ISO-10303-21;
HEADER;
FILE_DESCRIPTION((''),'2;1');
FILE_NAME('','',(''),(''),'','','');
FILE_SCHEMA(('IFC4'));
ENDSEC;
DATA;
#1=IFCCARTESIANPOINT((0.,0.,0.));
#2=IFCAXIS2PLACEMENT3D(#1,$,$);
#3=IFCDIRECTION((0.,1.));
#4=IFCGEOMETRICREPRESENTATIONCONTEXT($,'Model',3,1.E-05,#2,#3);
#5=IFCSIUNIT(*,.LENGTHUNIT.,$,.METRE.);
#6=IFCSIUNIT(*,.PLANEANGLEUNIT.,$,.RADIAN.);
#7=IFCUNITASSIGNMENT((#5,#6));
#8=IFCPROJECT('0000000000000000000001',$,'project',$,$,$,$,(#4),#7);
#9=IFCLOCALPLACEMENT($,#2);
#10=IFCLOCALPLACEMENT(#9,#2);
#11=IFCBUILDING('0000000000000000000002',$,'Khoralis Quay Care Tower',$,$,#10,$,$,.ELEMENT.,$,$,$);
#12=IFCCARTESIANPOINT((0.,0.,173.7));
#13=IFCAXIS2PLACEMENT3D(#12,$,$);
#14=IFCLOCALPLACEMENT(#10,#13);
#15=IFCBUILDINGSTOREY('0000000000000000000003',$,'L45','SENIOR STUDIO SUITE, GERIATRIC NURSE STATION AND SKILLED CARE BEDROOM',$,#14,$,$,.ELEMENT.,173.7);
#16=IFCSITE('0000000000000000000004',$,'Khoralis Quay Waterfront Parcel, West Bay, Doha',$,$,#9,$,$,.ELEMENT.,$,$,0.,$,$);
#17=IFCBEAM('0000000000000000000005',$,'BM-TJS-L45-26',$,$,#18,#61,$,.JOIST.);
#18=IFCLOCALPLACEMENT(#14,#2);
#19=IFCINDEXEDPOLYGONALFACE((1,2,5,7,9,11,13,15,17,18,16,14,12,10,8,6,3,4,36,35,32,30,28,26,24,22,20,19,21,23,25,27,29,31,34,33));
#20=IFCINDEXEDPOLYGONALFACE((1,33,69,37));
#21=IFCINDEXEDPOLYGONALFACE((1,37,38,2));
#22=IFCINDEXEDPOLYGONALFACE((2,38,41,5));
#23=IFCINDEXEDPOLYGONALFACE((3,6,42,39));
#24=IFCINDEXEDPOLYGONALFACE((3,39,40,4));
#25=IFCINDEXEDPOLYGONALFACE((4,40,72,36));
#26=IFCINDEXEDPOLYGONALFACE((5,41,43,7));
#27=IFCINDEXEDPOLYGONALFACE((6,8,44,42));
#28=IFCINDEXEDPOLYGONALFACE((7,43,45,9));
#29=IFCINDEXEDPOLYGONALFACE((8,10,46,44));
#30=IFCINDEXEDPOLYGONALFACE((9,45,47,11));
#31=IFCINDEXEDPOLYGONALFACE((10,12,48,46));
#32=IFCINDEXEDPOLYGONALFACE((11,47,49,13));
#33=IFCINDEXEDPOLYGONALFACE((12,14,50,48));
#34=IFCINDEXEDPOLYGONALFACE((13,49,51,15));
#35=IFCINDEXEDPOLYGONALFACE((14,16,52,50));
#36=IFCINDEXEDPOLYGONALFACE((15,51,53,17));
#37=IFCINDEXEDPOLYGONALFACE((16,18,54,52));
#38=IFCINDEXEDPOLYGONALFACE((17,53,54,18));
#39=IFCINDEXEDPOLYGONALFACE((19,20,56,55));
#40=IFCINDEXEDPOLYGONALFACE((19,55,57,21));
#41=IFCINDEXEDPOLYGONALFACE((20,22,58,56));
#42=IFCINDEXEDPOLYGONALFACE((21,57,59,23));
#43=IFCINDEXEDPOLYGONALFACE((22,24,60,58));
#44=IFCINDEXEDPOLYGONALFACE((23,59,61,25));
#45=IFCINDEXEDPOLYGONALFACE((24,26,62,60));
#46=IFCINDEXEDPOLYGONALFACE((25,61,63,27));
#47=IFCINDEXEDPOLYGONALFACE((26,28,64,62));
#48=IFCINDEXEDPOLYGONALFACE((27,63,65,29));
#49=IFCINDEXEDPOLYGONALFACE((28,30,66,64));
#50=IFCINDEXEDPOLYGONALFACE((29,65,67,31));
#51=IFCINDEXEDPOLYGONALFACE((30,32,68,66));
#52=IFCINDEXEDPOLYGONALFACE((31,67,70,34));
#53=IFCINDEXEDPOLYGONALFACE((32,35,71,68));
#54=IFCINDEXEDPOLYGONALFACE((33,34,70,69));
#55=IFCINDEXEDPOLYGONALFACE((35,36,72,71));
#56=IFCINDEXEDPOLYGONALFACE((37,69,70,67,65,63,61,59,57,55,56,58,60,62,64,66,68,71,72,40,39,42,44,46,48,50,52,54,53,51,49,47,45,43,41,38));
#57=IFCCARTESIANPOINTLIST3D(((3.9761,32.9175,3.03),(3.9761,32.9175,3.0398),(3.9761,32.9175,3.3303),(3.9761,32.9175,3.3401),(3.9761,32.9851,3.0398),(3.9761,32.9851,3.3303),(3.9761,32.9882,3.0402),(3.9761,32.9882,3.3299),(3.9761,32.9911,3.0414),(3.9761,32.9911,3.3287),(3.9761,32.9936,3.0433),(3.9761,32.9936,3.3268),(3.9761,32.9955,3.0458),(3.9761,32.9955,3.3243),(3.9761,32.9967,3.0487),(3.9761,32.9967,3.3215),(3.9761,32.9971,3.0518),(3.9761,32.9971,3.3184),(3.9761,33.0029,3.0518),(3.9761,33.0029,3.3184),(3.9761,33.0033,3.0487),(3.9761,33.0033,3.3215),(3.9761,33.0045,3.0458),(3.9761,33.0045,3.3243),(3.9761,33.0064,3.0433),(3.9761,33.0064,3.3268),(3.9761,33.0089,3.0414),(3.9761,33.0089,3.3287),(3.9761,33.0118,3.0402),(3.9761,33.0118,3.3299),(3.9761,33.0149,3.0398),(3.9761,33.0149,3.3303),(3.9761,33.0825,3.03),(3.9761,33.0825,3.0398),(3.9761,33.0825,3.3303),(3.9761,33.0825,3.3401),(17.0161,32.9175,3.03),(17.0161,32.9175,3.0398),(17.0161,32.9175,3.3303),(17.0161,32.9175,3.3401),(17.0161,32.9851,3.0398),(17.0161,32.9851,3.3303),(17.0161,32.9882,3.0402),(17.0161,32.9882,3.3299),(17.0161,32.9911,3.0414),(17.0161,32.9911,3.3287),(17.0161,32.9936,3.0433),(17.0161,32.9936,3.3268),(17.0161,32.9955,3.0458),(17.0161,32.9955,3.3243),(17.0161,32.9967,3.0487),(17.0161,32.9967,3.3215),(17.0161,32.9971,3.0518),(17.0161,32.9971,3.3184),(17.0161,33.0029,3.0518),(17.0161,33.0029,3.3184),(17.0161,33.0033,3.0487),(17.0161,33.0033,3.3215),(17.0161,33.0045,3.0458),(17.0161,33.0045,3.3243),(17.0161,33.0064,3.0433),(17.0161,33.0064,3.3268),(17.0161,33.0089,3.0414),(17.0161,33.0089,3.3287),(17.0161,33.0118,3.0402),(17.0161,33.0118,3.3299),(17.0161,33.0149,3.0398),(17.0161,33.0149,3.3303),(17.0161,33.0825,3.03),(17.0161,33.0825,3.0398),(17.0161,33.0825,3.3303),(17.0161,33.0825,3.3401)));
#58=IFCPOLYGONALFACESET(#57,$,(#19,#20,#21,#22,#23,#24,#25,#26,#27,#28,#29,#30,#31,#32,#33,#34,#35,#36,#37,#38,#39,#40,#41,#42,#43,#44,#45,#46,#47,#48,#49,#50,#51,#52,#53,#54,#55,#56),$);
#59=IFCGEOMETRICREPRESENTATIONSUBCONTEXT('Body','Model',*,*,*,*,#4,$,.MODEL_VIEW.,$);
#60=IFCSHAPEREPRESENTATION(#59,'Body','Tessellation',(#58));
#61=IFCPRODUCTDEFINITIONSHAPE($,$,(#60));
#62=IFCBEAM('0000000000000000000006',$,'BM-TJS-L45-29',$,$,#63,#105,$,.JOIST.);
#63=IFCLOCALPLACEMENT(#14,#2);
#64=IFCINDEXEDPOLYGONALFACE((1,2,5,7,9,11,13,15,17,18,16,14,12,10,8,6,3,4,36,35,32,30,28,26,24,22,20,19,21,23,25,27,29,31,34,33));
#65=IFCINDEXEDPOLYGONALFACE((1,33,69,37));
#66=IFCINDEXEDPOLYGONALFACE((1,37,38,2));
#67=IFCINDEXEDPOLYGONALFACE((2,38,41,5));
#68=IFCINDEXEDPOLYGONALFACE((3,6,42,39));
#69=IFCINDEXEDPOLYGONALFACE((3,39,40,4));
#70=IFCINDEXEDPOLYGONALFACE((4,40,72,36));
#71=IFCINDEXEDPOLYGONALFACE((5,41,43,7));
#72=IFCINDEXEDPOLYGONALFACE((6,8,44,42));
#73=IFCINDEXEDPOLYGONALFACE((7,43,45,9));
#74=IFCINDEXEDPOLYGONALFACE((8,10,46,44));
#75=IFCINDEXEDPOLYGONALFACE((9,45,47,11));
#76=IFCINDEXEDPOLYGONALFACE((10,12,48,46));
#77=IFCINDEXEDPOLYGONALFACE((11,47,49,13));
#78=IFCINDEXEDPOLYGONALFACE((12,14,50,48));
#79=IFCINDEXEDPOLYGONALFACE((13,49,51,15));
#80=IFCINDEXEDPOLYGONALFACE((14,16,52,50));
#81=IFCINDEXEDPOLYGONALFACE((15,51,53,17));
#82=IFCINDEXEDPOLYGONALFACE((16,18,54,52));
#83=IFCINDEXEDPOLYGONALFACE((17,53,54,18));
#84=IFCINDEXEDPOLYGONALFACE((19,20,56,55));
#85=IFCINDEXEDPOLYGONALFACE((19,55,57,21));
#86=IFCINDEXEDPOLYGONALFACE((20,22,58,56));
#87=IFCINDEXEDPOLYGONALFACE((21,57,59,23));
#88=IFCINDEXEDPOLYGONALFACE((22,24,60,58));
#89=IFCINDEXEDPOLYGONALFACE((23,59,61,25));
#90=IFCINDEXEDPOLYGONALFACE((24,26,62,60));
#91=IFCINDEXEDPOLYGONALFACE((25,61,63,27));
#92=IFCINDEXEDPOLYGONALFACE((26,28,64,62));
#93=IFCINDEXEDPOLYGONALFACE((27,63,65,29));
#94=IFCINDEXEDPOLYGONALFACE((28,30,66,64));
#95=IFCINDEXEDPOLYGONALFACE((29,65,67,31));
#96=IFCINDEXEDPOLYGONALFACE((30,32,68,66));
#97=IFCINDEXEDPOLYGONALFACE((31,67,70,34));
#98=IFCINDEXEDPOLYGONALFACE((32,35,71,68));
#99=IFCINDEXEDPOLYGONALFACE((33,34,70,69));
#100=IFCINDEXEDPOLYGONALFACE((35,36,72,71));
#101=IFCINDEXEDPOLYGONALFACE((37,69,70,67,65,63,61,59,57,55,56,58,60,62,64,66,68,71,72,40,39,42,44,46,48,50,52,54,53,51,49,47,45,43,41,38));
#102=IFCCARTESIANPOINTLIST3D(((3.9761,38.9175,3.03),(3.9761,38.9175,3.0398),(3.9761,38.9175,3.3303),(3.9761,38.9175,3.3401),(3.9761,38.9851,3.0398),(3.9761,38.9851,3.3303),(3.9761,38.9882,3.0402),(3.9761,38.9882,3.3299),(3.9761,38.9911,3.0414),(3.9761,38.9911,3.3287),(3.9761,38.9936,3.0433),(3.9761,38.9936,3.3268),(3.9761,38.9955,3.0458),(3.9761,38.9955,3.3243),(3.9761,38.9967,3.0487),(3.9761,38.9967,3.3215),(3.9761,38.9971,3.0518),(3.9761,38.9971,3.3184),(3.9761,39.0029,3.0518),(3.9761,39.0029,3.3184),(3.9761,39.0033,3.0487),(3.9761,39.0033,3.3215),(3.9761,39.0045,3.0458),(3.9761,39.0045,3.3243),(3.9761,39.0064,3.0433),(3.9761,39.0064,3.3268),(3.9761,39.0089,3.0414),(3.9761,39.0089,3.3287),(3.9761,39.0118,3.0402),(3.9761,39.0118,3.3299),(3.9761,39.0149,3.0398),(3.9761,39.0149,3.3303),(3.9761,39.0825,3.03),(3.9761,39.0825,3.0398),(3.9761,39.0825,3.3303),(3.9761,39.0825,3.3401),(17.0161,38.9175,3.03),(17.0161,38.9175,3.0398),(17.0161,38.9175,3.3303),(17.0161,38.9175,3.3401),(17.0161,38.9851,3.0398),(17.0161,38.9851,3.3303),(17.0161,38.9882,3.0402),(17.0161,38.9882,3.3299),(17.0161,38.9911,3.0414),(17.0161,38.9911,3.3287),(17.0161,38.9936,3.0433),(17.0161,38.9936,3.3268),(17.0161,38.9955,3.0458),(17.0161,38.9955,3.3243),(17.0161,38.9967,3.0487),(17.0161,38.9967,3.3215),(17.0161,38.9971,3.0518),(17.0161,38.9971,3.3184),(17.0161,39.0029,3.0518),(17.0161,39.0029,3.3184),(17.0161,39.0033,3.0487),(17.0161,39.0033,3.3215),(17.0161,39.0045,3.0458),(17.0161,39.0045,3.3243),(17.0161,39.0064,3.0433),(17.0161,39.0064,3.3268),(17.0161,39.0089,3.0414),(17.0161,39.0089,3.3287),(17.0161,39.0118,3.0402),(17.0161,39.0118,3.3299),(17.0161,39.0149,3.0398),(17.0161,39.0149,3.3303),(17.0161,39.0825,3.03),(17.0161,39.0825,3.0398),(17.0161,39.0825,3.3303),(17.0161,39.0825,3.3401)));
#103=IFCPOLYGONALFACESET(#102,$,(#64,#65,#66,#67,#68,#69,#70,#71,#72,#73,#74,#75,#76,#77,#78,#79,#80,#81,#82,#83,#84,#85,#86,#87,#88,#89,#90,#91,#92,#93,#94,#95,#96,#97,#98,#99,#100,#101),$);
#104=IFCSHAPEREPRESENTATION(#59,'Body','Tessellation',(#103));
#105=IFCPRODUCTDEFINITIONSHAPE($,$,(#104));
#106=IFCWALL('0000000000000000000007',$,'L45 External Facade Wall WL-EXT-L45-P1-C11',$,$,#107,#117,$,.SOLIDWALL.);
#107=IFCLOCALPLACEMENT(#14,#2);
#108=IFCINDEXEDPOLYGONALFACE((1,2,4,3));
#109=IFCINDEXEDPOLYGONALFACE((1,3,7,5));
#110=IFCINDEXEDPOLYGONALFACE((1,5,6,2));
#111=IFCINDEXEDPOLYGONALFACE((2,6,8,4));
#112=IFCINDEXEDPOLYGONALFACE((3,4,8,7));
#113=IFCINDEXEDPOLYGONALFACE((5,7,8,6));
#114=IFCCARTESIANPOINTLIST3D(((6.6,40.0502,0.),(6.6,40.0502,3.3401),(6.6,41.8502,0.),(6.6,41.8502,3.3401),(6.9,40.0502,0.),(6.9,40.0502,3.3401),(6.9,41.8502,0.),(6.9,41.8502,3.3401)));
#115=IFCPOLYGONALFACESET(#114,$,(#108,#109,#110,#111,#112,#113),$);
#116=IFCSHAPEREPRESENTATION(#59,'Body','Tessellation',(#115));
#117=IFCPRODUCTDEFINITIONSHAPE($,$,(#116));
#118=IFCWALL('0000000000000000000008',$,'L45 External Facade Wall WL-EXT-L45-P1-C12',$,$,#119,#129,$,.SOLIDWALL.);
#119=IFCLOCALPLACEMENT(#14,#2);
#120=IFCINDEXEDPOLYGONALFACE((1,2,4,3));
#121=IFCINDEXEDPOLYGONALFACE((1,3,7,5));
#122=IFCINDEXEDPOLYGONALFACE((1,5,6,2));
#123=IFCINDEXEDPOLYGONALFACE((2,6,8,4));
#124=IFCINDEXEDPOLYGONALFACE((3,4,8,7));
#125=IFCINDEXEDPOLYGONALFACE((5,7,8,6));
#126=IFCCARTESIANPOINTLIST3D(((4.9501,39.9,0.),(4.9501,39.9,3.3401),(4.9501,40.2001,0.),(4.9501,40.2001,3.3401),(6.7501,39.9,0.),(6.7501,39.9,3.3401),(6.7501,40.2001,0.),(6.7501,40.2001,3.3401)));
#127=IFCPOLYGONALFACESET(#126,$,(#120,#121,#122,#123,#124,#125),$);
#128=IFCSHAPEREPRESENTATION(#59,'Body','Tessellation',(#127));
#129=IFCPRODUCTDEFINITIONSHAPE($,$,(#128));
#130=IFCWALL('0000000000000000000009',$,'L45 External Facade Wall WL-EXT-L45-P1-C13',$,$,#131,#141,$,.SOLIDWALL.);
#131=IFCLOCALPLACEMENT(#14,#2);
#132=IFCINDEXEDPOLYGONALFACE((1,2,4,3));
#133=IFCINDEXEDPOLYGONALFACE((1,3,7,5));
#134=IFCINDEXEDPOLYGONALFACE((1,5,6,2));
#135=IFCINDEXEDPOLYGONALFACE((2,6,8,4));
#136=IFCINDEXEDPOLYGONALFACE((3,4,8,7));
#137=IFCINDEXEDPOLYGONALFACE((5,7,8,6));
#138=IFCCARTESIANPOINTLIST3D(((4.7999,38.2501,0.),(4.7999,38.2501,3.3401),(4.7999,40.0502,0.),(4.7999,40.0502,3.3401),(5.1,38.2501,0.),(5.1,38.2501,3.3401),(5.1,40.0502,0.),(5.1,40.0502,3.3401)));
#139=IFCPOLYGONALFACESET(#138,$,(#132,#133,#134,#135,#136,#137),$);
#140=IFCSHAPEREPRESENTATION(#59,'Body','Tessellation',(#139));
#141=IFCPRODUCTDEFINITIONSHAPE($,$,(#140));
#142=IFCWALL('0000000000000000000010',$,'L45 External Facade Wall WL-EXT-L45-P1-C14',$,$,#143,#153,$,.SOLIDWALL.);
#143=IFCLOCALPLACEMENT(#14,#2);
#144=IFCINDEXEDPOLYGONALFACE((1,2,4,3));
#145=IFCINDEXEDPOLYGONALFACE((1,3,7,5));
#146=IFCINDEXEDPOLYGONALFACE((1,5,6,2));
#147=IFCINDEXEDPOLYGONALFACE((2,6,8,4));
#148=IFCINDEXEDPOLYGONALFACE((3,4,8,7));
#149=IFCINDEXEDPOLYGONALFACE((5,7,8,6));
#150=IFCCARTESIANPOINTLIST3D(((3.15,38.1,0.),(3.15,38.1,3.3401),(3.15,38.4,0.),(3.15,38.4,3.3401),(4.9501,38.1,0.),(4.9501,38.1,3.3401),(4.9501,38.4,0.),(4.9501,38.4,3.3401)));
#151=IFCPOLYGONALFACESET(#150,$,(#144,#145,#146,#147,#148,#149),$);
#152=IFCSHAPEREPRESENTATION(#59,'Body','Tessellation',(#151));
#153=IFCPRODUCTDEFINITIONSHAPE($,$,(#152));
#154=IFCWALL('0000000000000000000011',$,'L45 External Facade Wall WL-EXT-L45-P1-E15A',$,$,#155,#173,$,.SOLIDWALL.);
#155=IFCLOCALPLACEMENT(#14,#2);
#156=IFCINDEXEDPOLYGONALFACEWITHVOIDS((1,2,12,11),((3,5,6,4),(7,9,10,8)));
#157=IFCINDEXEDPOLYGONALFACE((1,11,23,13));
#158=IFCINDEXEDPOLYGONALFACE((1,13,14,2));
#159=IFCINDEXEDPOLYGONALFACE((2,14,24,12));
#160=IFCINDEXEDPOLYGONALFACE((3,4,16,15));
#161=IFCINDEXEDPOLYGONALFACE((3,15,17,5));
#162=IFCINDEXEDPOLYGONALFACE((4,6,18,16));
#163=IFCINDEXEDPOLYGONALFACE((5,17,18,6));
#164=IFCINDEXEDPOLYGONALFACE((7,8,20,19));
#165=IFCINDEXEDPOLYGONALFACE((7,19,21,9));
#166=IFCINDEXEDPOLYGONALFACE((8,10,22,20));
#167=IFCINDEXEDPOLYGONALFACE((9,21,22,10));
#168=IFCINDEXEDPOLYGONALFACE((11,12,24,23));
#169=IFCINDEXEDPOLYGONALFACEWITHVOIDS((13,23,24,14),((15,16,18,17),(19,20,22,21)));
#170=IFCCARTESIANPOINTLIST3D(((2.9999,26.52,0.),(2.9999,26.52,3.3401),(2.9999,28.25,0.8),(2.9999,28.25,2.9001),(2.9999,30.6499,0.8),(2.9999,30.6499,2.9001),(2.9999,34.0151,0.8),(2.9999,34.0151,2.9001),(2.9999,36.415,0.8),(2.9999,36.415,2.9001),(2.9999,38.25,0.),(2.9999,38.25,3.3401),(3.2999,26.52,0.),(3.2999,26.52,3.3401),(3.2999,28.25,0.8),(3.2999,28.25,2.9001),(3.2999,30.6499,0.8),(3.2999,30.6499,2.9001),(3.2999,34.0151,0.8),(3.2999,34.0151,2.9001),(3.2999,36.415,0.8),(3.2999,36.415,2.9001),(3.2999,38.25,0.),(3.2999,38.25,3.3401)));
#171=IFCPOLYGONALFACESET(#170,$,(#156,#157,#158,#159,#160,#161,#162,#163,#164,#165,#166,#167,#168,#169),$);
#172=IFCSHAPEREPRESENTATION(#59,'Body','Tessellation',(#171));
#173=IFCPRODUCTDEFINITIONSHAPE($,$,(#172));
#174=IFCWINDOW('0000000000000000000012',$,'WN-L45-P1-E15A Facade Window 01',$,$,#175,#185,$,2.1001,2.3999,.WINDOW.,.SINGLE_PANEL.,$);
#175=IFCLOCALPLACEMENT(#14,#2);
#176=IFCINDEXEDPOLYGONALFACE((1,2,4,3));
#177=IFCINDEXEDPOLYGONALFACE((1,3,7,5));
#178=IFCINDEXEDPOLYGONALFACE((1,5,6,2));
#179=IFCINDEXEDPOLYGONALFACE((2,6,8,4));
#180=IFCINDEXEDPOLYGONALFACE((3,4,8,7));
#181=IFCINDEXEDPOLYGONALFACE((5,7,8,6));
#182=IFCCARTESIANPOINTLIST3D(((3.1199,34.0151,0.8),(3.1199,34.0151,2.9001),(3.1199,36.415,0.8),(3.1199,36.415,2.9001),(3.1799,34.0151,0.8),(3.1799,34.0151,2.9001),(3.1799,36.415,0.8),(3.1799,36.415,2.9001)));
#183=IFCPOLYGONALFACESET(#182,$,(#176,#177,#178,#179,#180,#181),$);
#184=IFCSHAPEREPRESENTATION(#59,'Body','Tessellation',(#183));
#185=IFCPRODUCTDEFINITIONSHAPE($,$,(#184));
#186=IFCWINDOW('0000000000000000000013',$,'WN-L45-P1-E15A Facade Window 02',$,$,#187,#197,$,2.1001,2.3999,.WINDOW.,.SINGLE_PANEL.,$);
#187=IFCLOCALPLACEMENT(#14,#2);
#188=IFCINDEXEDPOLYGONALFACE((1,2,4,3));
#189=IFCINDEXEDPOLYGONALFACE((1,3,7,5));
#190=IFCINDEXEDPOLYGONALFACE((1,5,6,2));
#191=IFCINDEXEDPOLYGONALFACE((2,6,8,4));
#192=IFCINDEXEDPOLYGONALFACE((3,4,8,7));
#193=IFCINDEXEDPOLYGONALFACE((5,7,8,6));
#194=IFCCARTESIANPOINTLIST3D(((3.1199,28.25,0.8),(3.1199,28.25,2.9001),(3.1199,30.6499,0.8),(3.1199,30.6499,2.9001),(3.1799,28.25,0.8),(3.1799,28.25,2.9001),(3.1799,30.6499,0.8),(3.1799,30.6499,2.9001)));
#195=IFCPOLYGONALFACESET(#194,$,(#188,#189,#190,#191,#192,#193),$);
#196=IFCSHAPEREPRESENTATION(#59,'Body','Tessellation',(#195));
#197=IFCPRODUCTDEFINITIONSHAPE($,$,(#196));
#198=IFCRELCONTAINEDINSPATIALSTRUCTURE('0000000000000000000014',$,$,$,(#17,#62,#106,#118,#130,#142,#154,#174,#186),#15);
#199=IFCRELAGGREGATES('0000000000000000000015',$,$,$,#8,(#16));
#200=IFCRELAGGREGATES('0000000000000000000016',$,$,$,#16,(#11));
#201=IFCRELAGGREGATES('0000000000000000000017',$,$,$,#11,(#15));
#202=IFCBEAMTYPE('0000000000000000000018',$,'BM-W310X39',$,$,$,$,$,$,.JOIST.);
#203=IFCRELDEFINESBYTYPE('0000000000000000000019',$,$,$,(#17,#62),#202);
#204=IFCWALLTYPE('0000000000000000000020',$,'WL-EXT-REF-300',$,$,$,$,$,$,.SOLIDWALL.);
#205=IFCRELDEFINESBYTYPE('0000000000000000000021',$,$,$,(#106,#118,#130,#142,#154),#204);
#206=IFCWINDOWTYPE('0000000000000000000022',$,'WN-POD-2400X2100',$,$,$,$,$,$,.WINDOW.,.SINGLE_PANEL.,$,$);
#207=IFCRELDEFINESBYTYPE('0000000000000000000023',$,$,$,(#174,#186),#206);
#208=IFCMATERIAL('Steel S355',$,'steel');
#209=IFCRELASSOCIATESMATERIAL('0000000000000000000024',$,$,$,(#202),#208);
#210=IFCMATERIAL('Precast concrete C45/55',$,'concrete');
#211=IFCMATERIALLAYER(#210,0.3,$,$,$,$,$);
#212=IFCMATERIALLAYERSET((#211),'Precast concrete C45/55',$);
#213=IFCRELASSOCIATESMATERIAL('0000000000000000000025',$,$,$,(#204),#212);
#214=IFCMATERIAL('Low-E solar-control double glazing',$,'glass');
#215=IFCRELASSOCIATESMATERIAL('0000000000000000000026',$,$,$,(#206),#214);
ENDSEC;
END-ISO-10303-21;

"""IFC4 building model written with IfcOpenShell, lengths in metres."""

from ifc_helpers import new_model, si_unit, direction, frame, frame_2d, origin, origin_2d, place, context, subcontext, project, spatial, rectangle, i_section, extrude, source, transform, mapped, material, layer, layer_set, material_profile, profile_set, type_object, element, fill, save


model = new_model("IFC4")

# Units and contexts
model_context = context("Model", 3, precision=1e-05, world=origin(), true_north=direction((0.0, 1.0)))
body_context = subcontext(model_context, "Body", "Model", "MODEL_VIEW")
ifc_project = project(units=[si_unit("LENGTHUNIT", "METRE"), si_unit("PLANEANGLEUNIT", "RADIAN")], contexts=[model_context])

# Site, building, storey
site_placement = place(None, origin())
site = spatial("IfcSite", under=ifc_project, at=site_placement, Name="Khoralis Quay Waterfront Parcel, West Bay, Doha", CompositionType="ELEMENT", RefElevation=0.0)
building_placement = place(site_placement, origin())
building = spatial("IfcBuilding", under=site, at=building_placement, Name="Khoralis Quay Care Tower", CompositionType="ELEMENT")
storey_placement = place(building_placement, frame((0.0, 0.0, 173.7)))
storey = spatial("IfcBuildingStorey", under=building, at=storey_placement, Name="L45", Description="SENIOR STUDIO SUITE, GERIATRIC NURSE STATION AND SKILLED CARE BEDROOM", CompositionType="ELEMENT", Elevation=173.7)

# Beams
ifc_material_1 = material(Name="Steel S355", Category="steel")
ifc_material_profile_1 = material_profile(ifc_material_1, i_section(OverallWidth=0.165, OverallDepth=0.3101, WebThickness=0.0059, FlangeThickness=0.0098, FilletRadius=0.012, at=origin_2d()), Name="Steel S355")
ifc_profile_set_1 = profile_set([ifc_material_profile_1], Name="Steel S355")
beam_type_1 = type_object("IfcBeamType", Name="BM-W310X39", PredefinedType="JOIST", material=ifc_profile_set_1)
shared_shape_1 = source(origin(), body_context, "Body", "SweptSolid", [
    extrude(i_section(OverallWidth=0.165, OverallDepth=0.3101, WebThickness=0.0059, FlangeThickness=0.0098, FilletRadius=0.012, at=origin_2d()), origin(), (0.0, 0.0, 1.0), 13.04),
])
for number, where, z_axis, x_axis, name in (
    (1, (3.9761, 33.0, 3.1851), (1.0, 0.0, 0.0), (0.0, 1.0, 0.0), "BM-TJS-L45-26"),
    (2, (3.9761, 39.0, 3.1851), (1.0, 0.0, 0.0), (0.0, 1.0, 0.0), "BM-TJS-L45-29"),
):
    element("IfcBeam", number, at=place(storey_placement, frame(where, z_axis=z_axis, x_axis=x_axis)), inside=storey, type_object=beam_type_1, Name=name, PredefinedType="JOIST", context=body_context, shape_type="MappedRepresentation", body=[
        mapped(shared_shape_1, transform((0.0, 0.0, 0.0), scale=1.0)),
    ])

# Walls
ifc_material_2 = material(Name="Precast concrete C45/55", Category="concrete")
ifc_layer_1 = layer(ifc_material_2, 0.3)
ifc_layer_set_1 = layer_set([ifc_layer_1], Name="Precast concrete C45/55")
wall_type_1 = type_object("IfcWallType", Name="WL-EXT-REF-300", PredefinedType="SOLIDWALL", material=ifc_layer_set_1)
for number, where, z_axis, x_axis, name in (
    (3, (6.75, 41.8501, 0.0), (0.0, 0.0, 1.0), (0.0, -1.0, 0.0), "L45 External Facade Wall WL-EXT-L45-P1-C11"),
    (4, (6.75, 40.05, 0.0), (0.0, 0.0, 1.0), (-1.0, 0.0, 0.0), "L45 External Facade Wall WL-EXT-L45-P1-C12"),
    (5, (4.95, 40.05, 0.0), (0.0, 0.0, 1.0), (0.0, -1.0, 0.0), "L45 External Facade Wall WL-EXT-L45-P1-C13"),
    (6, (4.95, 38.25, 0.0), (0.0, 0.0, 1.0), (-1.0, 0.0, 0.0), "L45 External Facade Wall WL-EXT-L45-P1-C14"),
):
    element("IfcWall", number, at=place(storey_placement, frame(where, z_axis=z_axis, x_axis=x_axis)), inside=storey, type_object=wall_type_1, Name=name, PredefinedType="SOLIDWALL", context=body_context, shape_type="SweptSolid", body=[
        extrude(rectangle(XDim=1.8, YDim=0.3, at=frame_2d((0.8999, 0.0))), origin(), (0.0, 0.0, 1.0), 3.3401),
    ])

# Wall, openings, windows
wall_1_placement = place(storey_placement, frame((3.1499, 38.25, 0.0), z_axis=(0.0, 0.0, 1.0), x_axis=(0.0, -1.0, 0.0)))
wall_1 = element("IfcWall", 7, at=wall_1_placement, inside=storey, type_object=wall_type_1, Name="L45 External Facade Wall WL-EXT-L45-P1-E15A", PredefinedType="SOLIDWALL", context=body_context, shape_type="SweptSolid", body=[
    extrude(rectangle(XDim=11.73, YDim=0.3, at=frame_2d((5.865, 0.0))), origin(), (0.0, 0.0, 1.0), 3.3401),
])
opening_1_placement = place(wall_1_placement, frame((1.835, 0.0, 0.8)))
opening_1 = element("IfcOpeningElement", 8, at=opening_1_placement, cuts=wall_1, PredefinedType="OPENING", context=body_context, shape_type="SweptSolid", body=[
    extrude(rectangle(XDim=2.3999, YDim=2.1001, at=frame_2d((1.2, 1.05))), frame((0.0, 0.1602, 0.0), z_axis=(0.0, -1.0, 0.0), x_axis=(1.0, 0.0, 0.0)), (0.0, 0.0, 1.0), 0.3201),
])
opening_2_placement = place(wall_1_placement, frame((7.6001, 0.0, 0.8)))
opening_2 = element("IfcOpeningElement", 9, at=opening_2_placement, cuts=wall_1, PredefinedType="OPENING", context=body_context, shape_type="SweptSolid", body=[
    extrude(rectangle(XDim=2.3999, YDim=2.1001, at=frame_2d((1.2, 1.05))), frame((0.0, 0.1602, 0.0), z_axis=(0.0, -1.0, 0.0), x_axis=(1.0, 0.0, 0.0)), (0.0, 0.0, 1.0), 0.3201),
])
ifc_material_3 = material(Name="Low-E solar-control double glazing", Category="glass")
window_type = type_object("IfcWindowType", Name="WN-POD-2400X2100", PartitioningType="SINGLE_PANEL", PredefinedType="WINDOW", material=ifc_material_3)
shared_shape_2 = source(origin(), body_context, "Body", "SweptSolid", [
    extrude(rectangle(XDim=2.3999, YDim=2.1001, at=frame_2d((1.2, 1.05))), frame((0.0, 0.03, 0.0), z_axis=(0.0, -1.0, 0.0), x_axis=(1.0, 0.0, 0.0)), (0.0, 0.0, 1.0), 0.0601),
])
window_1_placement = place(opening_1_placement, origin())
window_1 = element("IfcWindow", 10, at=window_1_placement, inside=storey, type_object=window_type, Name="WN-L45-P1-E15A Facade Window 01", OverallHeight=2.1001, OverallWidth=2.3999, PartitioningType="SINGLE_PANEL", PredefinedType="WINDOW", context=body_context, shape_type="MappedRepresentation", body=[
    mapped(shared_shape_2, transform((0.0, 0.0, 0.0), scale=1.0)),
])
fill(opening_1, window_1)
window_2_placement = place(opening_2_placement, origin())
window_2 = element("IfcWindow", 11, at=window_2_placement, inside=storey, type_object=window_type, Name="WN-L45-P1-E15A Facade Window 02", OverallHeight=2.1001, OverallWidth=2.3999, PartitioningType="SINGLE_PANEL", PredefinedType="WINDOW", context=body_context, shape_type="MappedRepresentation", body=[
    mapped(shared_shape_2, transform((0.0, 0.0, 0.0), scale=1.0)),
])
fill(opening_2, window_2)

save(model, "model.ifc")
